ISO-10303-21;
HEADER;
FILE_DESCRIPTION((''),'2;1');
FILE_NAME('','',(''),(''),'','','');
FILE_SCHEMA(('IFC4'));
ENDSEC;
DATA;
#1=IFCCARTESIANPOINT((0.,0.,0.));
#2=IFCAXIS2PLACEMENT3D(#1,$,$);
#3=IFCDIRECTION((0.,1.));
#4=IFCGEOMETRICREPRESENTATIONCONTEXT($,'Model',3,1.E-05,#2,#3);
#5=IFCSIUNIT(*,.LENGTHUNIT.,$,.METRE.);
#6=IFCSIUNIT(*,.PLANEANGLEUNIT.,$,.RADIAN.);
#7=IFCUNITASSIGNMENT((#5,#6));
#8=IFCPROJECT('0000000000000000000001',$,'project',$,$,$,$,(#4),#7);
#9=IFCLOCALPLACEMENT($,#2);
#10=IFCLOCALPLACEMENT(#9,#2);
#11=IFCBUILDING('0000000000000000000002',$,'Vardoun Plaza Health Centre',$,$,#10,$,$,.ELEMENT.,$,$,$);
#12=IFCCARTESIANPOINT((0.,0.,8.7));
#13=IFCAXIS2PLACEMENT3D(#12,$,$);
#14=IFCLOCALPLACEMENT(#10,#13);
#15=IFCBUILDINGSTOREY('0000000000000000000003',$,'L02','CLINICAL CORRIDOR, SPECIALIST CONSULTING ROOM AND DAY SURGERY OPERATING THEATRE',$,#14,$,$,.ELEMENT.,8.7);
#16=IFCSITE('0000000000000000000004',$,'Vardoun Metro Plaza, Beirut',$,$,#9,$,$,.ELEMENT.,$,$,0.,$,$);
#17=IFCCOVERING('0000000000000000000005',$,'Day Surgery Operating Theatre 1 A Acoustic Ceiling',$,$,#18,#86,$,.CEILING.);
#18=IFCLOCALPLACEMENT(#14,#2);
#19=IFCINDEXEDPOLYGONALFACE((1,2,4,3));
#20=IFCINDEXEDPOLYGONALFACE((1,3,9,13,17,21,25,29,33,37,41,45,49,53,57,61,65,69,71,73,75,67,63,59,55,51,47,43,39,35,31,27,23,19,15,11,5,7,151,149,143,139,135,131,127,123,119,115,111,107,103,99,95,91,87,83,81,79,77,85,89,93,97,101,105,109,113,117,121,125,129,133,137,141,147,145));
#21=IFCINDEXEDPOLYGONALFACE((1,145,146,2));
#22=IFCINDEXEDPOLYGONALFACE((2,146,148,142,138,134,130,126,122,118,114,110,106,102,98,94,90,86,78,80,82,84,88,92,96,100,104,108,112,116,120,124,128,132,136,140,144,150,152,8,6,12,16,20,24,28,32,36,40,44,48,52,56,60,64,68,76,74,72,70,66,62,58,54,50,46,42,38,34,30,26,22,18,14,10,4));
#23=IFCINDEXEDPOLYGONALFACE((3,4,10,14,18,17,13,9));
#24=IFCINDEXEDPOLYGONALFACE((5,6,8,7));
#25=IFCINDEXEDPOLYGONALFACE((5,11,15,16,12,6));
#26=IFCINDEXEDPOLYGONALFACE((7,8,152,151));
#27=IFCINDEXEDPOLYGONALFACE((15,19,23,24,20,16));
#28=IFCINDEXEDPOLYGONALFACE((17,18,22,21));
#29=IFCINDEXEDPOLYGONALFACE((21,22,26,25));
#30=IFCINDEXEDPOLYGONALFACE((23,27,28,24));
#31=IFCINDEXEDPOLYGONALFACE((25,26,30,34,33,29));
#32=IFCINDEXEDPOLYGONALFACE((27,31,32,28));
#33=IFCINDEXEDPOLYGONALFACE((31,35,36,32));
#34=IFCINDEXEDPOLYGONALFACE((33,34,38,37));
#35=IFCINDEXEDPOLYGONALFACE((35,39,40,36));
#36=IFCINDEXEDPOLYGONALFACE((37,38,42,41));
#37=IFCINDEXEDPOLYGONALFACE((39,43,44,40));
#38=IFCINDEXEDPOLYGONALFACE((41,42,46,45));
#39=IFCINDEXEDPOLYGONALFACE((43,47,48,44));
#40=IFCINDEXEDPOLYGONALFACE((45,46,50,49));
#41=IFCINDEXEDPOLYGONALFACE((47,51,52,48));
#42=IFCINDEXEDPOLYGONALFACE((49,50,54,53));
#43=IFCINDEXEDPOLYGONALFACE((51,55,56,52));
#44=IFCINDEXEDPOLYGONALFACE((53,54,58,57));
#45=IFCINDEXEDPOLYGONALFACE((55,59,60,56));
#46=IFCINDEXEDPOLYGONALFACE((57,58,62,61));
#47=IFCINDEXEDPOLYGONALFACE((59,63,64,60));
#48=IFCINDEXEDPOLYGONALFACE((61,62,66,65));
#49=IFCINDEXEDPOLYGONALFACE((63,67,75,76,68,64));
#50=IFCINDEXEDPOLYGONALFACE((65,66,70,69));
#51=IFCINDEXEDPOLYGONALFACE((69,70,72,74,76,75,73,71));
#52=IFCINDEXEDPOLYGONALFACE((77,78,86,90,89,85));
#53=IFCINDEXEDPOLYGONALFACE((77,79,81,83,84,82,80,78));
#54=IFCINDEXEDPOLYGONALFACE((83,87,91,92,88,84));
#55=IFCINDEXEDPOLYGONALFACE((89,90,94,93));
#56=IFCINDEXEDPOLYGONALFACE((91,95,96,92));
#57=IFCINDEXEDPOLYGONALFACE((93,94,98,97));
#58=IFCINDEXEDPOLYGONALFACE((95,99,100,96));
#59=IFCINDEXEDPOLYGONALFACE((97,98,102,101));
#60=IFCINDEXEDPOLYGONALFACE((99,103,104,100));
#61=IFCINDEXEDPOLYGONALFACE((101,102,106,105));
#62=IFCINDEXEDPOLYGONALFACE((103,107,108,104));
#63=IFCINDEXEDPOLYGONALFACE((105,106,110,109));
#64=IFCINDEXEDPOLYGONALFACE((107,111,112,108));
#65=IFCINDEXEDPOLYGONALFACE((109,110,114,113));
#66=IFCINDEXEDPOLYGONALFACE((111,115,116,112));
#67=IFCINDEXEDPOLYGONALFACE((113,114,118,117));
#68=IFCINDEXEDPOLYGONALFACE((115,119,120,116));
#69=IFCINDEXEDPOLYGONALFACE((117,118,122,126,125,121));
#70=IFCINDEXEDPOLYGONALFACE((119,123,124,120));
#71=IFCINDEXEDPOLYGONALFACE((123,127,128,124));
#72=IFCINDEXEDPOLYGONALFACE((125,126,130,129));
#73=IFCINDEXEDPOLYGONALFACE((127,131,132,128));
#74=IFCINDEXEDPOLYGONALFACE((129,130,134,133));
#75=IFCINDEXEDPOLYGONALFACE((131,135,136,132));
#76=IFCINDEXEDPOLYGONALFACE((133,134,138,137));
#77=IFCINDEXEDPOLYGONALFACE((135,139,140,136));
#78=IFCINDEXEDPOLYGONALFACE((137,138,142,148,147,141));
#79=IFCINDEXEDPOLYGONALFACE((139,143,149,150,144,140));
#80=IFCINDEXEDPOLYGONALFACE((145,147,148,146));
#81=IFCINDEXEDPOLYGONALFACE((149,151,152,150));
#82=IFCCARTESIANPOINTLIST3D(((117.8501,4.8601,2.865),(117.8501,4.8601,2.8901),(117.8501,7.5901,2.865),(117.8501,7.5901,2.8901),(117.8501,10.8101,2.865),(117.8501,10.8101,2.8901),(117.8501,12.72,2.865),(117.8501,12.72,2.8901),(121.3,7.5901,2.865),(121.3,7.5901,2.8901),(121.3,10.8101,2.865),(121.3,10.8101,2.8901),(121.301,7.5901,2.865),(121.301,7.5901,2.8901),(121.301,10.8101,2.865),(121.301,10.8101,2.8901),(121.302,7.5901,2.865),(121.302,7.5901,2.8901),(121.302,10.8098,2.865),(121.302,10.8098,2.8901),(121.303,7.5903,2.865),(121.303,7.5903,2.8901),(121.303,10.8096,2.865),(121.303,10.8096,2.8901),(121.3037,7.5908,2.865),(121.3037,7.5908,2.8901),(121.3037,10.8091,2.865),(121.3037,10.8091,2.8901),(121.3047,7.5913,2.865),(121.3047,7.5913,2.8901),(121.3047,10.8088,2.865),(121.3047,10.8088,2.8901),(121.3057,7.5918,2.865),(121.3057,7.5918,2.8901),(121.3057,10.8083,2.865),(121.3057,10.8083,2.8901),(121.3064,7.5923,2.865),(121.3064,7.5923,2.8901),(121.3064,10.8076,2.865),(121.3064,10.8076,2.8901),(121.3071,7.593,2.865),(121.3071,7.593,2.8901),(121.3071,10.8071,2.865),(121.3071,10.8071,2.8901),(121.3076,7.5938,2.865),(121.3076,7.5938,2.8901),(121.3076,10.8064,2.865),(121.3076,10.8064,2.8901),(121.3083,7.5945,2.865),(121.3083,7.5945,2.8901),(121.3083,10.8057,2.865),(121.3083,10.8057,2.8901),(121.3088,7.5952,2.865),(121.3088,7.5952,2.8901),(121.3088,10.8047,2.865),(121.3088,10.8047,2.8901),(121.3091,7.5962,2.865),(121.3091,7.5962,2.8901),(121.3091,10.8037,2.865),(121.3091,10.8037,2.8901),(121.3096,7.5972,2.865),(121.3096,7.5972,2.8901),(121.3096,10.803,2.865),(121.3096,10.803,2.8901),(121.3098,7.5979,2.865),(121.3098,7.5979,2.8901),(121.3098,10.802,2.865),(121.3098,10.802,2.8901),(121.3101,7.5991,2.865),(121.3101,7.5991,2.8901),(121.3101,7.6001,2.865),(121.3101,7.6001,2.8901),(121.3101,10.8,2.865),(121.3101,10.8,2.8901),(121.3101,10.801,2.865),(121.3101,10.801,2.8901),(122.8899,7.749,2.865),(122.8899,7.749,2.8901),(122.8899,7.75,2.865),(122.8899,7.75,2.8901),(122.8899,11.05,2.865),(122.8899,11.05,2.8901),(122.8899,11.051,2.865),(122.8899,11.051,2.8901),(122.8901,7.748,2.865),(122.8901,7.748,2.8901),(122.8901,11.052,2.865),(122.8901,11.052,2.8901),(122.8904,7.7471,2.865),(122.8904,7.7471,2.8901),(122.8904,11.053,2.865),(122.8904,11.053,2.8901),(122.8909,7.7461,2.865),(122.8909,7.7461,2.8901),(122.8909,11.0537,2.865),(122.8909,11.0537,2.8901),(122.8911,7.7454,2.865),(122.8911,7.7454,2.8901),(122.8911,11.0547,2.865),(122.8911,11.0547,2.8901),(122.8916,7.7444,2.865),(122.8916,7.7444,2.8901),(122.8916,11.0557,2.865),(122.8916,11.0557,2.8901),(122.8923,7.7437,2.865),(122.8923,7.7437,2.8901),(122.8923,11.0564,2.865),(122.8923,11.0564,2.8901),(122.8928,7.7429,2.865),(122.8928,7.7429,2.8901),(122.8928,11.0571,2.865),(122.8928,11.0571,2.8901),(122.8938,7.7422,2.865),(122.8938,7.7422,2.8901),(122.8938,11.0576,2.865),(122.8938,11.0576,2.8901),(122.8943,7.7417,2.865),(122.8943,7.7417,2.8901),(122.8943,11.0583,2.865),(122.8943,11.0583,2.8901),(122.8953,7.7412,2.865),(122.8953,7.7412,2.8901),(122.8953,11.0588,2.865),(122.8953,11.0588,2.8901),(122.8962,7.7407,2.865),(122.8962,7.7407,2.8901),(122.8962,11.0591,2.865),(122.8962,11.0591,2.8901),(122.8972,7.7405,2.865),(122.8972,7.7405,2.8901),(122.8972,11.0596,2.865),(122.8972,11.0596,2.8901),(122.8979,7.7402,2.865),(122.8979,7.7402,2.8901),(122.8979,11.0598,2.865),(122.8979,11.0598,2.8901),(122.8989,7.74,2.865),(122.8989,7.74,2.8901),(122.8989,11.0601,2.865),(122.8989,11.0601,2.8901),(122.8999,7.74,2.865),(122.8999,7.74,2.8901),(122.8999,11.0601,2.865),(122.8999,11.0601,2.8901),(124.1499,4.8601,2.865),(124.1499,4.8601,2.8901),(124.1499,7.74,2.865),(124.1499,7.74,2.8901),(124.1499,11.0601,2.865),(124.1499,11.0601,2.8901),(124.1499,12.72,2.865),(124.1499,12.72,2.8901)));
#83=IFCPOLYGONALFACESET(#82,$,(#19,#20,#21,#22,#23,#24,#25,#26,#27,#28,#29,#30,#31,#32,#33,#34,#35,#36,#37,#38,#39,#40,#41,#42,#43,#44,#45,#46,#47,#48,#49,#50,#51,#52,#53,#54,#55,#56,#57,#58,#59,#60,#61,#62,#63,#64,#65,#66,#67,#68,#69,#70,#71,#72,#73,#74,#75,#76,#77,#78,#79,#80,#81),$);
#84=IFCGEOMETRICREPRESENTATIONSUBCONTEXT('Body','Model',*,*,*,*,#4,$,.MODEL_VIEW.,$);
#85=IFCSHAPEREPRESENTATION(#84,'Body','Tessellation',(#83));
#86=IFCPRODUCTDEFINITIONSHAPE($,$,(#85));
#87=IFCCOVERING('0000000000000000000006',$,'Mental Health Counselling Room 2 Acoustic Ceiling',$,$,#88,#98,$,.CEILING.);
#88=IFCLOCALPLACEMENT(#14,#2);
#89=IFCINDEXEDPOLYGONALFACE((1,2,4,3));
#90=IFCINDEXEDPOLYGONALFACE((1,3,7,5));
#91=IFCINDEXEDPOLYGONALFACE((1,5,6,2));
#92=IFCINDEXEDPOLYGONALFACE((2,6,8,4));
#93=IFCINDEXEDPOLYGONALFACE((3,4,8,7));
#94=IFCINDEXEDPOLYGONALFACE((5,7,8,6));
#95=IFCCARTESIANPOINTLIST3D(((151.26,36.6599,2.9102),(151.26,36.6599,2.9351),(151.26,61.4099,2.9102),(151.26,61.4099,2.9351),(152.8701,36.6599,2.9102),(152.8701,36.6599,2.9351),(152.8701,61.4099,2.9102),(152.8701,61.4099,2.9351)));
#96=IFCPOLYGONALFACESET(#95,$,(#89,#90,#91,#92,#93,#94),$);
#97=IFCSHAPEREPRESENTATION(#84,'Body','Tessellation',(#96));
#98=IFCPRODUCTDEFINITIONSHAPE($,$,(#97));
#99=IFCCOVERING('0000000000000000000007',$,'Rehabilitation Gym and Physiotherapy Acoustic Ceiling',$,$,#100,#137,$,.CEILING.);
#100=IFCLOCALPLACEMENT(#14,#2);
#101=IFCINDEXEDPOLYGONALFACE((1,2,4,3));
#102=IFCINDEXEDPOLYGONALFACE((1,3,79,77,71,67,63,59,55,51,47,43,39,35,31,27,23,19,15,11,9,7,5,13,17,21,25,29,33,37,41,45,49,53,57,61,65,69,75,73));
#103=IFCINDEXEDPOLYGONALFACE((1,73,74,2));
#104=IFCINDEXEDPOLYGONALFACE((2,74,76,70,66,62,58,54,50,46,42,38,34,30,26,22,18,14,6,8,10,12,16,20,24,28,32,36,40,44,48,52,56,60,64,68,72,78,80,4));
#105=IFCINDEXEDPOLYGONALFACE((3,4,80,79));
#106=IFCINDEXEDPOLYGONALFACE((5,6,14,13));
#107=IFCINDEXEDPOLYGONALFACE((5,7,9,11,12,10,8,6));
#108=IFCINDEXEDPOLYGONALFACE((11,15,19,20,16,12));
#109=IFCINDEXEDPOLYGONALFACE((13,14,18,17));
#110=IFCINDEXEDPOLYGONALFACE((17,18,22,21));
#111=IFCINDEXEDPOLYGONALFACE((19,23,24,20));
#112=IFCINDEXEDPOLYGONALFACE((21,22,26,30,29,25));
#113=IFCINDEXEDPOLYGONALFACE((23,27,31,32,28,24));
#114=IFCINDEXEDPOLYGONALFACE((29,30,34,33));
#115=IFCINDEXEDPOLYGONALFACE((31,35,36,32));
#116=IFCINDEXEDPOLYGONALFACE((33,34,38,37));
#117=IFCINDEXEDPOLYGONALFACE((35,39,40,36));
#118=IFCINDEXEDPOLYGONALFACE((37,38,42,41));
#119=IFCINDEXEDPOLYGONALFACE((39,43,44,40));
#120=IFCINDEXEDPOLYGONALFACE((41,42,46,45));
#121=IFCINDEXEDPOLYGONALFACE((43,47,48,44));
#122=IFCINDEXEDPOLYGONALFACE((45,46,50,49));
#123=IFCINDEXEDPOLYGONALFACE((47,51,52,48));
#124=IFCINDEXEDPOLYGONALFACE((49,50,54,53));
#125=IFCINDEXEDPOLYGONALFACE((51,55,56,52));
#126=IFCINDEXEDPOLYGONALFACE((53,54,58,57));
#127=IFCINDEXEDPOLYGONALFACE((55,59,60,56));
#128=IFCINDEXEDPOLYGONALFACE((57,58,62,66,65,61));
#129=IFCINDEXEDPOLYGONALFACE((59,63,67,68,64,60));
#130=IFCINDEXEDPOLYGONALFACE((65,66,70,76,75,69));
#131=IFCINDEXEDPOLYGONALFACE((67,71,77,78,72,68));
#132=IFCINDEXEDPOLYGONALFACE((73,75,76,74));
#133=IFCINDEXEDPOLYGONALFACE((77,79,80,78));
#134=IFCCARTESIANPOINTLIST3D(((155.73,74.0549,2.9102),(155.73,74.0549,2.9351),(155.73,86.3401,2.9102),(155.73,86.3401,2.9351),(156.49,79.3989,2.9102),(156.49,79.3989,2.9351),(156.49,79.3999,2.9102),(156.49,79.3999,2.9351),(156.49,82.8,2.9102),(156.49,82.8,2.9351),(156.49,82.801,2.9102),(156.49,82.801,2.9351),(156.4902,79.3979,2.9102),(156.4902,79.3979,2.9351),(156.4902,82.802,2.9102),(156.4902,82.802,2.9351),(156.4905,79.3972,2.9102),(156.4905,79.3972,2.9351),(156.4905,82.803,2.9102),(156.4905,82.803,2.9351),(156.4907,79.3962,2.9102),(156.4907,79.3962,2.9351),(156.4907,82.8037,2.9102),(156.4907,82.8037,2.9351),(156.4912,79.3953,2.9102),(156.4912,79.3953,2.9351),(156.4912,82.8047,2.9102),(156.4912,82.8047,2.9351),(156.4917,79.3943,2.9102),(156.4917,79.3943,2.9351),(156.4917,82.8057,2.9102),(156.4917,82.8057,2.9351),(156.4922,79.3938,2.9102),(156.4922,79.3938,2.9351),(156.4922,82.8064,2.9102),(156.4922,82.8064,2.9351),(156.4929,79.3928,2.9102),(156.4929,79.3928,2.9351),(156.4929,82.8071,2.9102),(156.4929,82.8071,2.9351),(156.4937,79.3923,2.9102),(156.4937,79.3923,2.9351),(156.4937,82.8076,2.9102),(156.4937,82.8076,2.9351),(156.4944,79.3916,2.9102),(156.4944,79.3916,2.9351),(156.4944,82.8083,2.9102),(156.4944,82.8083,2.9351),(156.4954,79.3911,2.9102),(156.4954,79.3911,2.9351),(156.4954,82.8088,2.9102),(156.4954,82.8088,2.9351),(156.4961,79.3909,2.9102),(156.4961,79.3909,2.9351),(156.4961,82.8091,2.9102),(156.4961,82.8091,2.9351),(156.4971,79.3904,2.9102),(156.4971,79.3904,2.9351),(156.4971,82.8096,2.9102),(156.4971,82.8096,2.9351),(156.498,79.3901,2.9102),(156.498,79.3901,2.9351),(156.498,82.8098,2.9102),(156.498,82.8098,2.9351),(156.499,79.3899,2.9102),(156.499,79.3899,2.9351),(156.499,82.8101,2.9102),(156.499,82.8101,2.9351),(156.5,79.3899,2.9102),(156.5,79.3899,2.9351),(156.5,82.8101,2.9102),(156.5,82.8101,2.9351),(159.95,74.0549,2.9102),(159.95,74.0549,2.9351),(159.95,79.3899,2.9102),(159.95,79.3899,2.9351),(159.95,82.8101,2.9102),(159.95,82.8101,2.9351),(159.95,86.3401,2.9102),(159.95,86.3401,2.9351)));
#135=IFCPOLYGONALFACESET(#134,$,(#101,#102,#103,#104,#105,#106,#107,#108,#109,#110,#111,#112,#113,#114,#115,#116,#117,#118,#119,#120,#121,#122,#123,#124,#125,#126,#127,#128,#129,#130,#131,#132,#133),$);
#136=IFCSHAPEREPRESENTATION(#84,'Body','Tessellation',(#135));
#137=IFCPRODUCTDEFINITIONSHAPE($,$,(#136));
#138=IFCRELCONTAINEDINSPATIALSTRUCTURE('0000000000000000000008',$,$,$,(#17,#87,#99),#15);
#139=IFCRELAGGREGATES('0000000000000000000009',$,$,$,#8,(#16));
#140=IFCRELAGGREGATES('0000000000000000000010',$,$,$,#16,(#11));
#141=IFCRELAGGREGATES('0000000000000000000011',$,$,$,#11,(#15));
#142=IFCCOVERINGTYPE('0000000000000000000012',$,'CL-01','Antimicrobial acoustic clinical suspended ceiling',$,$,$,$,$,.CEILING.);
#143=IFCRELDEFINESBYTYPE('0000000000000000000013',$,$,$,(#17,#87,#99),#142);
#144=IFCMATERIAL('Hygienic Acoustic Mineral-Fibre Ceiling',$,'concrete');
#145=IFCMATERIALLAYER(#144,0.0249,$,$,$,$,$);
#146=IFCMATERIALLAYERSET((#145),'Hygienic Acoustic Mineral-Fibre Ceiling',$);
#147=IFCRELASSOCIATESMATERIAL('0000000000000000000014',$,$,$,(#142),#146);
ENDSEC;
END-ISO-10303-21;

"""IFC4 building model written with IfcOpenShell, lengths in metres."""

from ifc_helpers import new_model, si_unit, direction, frame, origin, place, context, subcontext, project, spatial, polyline, outline, extrude, material, layer, layer_set, type_object, element, save


model = new_model("IFC4")

# Units and contexts
model_context = context("Model", 3, precision=1e-05, world=origin(), true_north=direction((0.0, 1.0)))
body_context = subcontext(model_context, "Body", "Model", "MODEL_VIEW")
ifc_project = project(units=[si_unit("LENGTHUNIT", "METRE"), si_unit("PLANEANGLEUNIT", "RADIAN")], contexts=[model_context])

# Site, building, storey
site_placement = place(None, origin())
site = spatial("IfcSite", under=ifc_project, at=site_placement, Name="Vardoun Metro Plaza, Beirut", CompositionType="ELEMENT", RefElevation=0.0)
building_placement = place(site_placement, origin())
building = spatial("IfcBuilding", under=site, at=building_placement, Name="Vardoun Plaza Health Centre", CompositionType="ELEMENT")
storey_placement = place(building_placement, frame((0.0, 0.0, 8.7)))
storey = spatial("IfcBuildingStorey", under=building, at=storey_placement, Name="L02", Description="CLINICAL CORRIDOR, SPECIALIST CONSULTING ROOM AND DAY SURGERY OPERATING THEATRE", CompositionType="ELEMENT", Elevation=8.7)

# Coverings
ifc_material_1 = material(Name="Hygienic Acoustic Mineral-Fibre Ceiling", Category="concrete")
ifc_layer_1 = layer(ifc_material_1, 0.0249)
ifc_layer_set_1 = layer_set([ifc_layer_1], Name="Hygienic Acoustic Mineral-Fibre Ceiling")
covering_type_1 = type_object("IfcCoveringType", Name="CL-01", Description="Antimicrobial acoustic clinical suspended ceiling", PredefinedType="CEILING", material=ifc_layer_set_1)
covering_1_placement = place(storey_placement, frame((0.0, 0.0, 2.865)))
element("IfcCovering", 1, at=covering_1_placement, inside=storey, type_object=covering_type_1, Name="Day Surgery Operating Theatre 1 A Acoustic Ceiling", PredefinedType="CEILING", context=body_context, shape_type="SweptSolid", body=[
    extrude(outline(polyline([(117.8501, 7.5901), (121.3, 7.5901), (121.301, 7.5901), (121.302, 7.5901), (121.303, 7.5903), (121.3037, 7.5908), (121.3047, 7.5913), (121.3057, 7.5918), (121.3064, 7.5923), (121.3071, 7.593), (121.3076, 7.5938), (121.3083, 7.5945), (121.3088, 7.5952), (121.3091, 7.5962), (121.3096, 7.5972), (121.3098, 7.5979), (121.3101, 7.5991), (121.3101, 7.6001), (121.3101, 10.8), (121.3101, 10.801), (121.3098, 10.802), (121.3096, 10.803), (121.3091, 10.8037), (121.3088, 10.8047), (121.3083, 10.8057), (121.3076, 10.8064), (121.3071, 10.8071), (121.3064, 10.8076), (121.3057, 10.8083), (121.3047, 10.8088), (121.3037, 10.8091), (121.303, 10.8096), (121.302, 10.8098), (121.301, 10.8101), (121.3, 10.8101), (117.8501, 10.8101), (117.8501, 12.72), (124.1499, 12.72), (124.1499, 11.0601), (122.8999, 11.0601), (122.8989, 11.0601), (122.8979, 11.0598), (122.8972, 11.0596), (122.8962, 11.0591), (122.8953, 11.0588), (122.8943, 11.0583), (122.8938, 11.0576), (122.8928, 11.0571), (122.8923, 11.0564), (122.8916, 11.0557), (122.8911, 11.0547), (122.8909, 11.0537), (122.8904, 11.053), (122.8901, 11.052), (122.8899, 11.051), (122.8899, 11.05), (122.8899, 7.75), (122.8899, 7.749), (122.8901, 7.748), (122.8904, 7.7471), (122.8909, 7.7461), (122.8911, 7.7454), (122.8916, 7.7444), (122.8923, 7.7437), (122.8928, 7.7429), (122.8938, 7.7422), (122.8943, 7.7417), (122.8953, 7.7412), (122.8962, 7.7407), (122.8972, 7.7405), (122.8979, 7.7402), (122.8989, 7.74), (122.8999, 7.74), (124.1499, 7.74), (124.1499, 4.8601), (117.8501, 4.8601), (117.8501, 7.5901)])), origin(), (0.0, 0.0, 1.0), 0.0251),
])
covering_2_placement = place(storey_placement, frame((0.0, 0.0, 2.9102)))
element("IfcCovering", 2, at=covering_2_placement, inside=storey, type_object=covering_type_1, Name="Mental Health Counselling Room 2 Acoustic Ceiling", PredefinedType="CEILING", context=body_context, shape_type="SweptSolid", body=[
    extrude(outline(polyline([(152.8701, 36.6599), (151.26, 36.6599), (151.26, 61.4099), (152.8701, 61.4099), (152.8701, 36.6599)])), origin(), (0.0, 0.0, 1.0), 0.0249),
])
covering_3_placement = place(storey_placement, frame((0.0, 0.0, 2.9102)))
element("IfcCovering", 3, at=covering_3_placement, inside=storey, type_object=covering_type_1, Name="Rehabilitation Gym and Physiotherapy Acoustic Ceiling", PredefinedType="CEILING", context=body_context, shape_type="SweptSolid", body=[
    extrude(outline(polyline([(159.95, 86.3401), (159.95, 82.8101), (156.5, 82.8101), (156.499, 82.8101), (156.498, 82.8098), (156.4971, 82.8096), (156.4961, 82.8091), (156.4954, 82.8088), (156.4944, 82.8083), (156.4937, 82.8076), (156.4929, 82.8071), (156.4922, 82.8064), (156.4917, 82.8057), (156.4912, 82.8047), (156.4907, 82.8037), (156.4905, 82.803), (156.4902, 82.802), (156.49, 82.801), (156.49, 82.8), (156.49, 79.3999), (156.49, 79.3989), (156.4902, 79.3979), (156.4905, 79.3972), (156.4907, 79.3962), (156.4912, 79.3953), (156.4917, 79.3943), (156.4922, 79.3938), (156.4929, 79.3928), (156.4937, 79.3923), (156.4944, 79.3916), (156.4954, 79.3911), (156.4961, 79.3909), (156.4971, 79.3904), (156.498, 79.3901), (156.499, 79.3899), (156.5, 79.3899), (159.95, 79.3899), (159.95, 74.0549), (155.73, 74.0549), (155.73, 86.3401), (159.95, 86.3401)])), origin(), (0.0, 0.0, 1.0), 0.0249),
])

save(model, "model.ifc")
